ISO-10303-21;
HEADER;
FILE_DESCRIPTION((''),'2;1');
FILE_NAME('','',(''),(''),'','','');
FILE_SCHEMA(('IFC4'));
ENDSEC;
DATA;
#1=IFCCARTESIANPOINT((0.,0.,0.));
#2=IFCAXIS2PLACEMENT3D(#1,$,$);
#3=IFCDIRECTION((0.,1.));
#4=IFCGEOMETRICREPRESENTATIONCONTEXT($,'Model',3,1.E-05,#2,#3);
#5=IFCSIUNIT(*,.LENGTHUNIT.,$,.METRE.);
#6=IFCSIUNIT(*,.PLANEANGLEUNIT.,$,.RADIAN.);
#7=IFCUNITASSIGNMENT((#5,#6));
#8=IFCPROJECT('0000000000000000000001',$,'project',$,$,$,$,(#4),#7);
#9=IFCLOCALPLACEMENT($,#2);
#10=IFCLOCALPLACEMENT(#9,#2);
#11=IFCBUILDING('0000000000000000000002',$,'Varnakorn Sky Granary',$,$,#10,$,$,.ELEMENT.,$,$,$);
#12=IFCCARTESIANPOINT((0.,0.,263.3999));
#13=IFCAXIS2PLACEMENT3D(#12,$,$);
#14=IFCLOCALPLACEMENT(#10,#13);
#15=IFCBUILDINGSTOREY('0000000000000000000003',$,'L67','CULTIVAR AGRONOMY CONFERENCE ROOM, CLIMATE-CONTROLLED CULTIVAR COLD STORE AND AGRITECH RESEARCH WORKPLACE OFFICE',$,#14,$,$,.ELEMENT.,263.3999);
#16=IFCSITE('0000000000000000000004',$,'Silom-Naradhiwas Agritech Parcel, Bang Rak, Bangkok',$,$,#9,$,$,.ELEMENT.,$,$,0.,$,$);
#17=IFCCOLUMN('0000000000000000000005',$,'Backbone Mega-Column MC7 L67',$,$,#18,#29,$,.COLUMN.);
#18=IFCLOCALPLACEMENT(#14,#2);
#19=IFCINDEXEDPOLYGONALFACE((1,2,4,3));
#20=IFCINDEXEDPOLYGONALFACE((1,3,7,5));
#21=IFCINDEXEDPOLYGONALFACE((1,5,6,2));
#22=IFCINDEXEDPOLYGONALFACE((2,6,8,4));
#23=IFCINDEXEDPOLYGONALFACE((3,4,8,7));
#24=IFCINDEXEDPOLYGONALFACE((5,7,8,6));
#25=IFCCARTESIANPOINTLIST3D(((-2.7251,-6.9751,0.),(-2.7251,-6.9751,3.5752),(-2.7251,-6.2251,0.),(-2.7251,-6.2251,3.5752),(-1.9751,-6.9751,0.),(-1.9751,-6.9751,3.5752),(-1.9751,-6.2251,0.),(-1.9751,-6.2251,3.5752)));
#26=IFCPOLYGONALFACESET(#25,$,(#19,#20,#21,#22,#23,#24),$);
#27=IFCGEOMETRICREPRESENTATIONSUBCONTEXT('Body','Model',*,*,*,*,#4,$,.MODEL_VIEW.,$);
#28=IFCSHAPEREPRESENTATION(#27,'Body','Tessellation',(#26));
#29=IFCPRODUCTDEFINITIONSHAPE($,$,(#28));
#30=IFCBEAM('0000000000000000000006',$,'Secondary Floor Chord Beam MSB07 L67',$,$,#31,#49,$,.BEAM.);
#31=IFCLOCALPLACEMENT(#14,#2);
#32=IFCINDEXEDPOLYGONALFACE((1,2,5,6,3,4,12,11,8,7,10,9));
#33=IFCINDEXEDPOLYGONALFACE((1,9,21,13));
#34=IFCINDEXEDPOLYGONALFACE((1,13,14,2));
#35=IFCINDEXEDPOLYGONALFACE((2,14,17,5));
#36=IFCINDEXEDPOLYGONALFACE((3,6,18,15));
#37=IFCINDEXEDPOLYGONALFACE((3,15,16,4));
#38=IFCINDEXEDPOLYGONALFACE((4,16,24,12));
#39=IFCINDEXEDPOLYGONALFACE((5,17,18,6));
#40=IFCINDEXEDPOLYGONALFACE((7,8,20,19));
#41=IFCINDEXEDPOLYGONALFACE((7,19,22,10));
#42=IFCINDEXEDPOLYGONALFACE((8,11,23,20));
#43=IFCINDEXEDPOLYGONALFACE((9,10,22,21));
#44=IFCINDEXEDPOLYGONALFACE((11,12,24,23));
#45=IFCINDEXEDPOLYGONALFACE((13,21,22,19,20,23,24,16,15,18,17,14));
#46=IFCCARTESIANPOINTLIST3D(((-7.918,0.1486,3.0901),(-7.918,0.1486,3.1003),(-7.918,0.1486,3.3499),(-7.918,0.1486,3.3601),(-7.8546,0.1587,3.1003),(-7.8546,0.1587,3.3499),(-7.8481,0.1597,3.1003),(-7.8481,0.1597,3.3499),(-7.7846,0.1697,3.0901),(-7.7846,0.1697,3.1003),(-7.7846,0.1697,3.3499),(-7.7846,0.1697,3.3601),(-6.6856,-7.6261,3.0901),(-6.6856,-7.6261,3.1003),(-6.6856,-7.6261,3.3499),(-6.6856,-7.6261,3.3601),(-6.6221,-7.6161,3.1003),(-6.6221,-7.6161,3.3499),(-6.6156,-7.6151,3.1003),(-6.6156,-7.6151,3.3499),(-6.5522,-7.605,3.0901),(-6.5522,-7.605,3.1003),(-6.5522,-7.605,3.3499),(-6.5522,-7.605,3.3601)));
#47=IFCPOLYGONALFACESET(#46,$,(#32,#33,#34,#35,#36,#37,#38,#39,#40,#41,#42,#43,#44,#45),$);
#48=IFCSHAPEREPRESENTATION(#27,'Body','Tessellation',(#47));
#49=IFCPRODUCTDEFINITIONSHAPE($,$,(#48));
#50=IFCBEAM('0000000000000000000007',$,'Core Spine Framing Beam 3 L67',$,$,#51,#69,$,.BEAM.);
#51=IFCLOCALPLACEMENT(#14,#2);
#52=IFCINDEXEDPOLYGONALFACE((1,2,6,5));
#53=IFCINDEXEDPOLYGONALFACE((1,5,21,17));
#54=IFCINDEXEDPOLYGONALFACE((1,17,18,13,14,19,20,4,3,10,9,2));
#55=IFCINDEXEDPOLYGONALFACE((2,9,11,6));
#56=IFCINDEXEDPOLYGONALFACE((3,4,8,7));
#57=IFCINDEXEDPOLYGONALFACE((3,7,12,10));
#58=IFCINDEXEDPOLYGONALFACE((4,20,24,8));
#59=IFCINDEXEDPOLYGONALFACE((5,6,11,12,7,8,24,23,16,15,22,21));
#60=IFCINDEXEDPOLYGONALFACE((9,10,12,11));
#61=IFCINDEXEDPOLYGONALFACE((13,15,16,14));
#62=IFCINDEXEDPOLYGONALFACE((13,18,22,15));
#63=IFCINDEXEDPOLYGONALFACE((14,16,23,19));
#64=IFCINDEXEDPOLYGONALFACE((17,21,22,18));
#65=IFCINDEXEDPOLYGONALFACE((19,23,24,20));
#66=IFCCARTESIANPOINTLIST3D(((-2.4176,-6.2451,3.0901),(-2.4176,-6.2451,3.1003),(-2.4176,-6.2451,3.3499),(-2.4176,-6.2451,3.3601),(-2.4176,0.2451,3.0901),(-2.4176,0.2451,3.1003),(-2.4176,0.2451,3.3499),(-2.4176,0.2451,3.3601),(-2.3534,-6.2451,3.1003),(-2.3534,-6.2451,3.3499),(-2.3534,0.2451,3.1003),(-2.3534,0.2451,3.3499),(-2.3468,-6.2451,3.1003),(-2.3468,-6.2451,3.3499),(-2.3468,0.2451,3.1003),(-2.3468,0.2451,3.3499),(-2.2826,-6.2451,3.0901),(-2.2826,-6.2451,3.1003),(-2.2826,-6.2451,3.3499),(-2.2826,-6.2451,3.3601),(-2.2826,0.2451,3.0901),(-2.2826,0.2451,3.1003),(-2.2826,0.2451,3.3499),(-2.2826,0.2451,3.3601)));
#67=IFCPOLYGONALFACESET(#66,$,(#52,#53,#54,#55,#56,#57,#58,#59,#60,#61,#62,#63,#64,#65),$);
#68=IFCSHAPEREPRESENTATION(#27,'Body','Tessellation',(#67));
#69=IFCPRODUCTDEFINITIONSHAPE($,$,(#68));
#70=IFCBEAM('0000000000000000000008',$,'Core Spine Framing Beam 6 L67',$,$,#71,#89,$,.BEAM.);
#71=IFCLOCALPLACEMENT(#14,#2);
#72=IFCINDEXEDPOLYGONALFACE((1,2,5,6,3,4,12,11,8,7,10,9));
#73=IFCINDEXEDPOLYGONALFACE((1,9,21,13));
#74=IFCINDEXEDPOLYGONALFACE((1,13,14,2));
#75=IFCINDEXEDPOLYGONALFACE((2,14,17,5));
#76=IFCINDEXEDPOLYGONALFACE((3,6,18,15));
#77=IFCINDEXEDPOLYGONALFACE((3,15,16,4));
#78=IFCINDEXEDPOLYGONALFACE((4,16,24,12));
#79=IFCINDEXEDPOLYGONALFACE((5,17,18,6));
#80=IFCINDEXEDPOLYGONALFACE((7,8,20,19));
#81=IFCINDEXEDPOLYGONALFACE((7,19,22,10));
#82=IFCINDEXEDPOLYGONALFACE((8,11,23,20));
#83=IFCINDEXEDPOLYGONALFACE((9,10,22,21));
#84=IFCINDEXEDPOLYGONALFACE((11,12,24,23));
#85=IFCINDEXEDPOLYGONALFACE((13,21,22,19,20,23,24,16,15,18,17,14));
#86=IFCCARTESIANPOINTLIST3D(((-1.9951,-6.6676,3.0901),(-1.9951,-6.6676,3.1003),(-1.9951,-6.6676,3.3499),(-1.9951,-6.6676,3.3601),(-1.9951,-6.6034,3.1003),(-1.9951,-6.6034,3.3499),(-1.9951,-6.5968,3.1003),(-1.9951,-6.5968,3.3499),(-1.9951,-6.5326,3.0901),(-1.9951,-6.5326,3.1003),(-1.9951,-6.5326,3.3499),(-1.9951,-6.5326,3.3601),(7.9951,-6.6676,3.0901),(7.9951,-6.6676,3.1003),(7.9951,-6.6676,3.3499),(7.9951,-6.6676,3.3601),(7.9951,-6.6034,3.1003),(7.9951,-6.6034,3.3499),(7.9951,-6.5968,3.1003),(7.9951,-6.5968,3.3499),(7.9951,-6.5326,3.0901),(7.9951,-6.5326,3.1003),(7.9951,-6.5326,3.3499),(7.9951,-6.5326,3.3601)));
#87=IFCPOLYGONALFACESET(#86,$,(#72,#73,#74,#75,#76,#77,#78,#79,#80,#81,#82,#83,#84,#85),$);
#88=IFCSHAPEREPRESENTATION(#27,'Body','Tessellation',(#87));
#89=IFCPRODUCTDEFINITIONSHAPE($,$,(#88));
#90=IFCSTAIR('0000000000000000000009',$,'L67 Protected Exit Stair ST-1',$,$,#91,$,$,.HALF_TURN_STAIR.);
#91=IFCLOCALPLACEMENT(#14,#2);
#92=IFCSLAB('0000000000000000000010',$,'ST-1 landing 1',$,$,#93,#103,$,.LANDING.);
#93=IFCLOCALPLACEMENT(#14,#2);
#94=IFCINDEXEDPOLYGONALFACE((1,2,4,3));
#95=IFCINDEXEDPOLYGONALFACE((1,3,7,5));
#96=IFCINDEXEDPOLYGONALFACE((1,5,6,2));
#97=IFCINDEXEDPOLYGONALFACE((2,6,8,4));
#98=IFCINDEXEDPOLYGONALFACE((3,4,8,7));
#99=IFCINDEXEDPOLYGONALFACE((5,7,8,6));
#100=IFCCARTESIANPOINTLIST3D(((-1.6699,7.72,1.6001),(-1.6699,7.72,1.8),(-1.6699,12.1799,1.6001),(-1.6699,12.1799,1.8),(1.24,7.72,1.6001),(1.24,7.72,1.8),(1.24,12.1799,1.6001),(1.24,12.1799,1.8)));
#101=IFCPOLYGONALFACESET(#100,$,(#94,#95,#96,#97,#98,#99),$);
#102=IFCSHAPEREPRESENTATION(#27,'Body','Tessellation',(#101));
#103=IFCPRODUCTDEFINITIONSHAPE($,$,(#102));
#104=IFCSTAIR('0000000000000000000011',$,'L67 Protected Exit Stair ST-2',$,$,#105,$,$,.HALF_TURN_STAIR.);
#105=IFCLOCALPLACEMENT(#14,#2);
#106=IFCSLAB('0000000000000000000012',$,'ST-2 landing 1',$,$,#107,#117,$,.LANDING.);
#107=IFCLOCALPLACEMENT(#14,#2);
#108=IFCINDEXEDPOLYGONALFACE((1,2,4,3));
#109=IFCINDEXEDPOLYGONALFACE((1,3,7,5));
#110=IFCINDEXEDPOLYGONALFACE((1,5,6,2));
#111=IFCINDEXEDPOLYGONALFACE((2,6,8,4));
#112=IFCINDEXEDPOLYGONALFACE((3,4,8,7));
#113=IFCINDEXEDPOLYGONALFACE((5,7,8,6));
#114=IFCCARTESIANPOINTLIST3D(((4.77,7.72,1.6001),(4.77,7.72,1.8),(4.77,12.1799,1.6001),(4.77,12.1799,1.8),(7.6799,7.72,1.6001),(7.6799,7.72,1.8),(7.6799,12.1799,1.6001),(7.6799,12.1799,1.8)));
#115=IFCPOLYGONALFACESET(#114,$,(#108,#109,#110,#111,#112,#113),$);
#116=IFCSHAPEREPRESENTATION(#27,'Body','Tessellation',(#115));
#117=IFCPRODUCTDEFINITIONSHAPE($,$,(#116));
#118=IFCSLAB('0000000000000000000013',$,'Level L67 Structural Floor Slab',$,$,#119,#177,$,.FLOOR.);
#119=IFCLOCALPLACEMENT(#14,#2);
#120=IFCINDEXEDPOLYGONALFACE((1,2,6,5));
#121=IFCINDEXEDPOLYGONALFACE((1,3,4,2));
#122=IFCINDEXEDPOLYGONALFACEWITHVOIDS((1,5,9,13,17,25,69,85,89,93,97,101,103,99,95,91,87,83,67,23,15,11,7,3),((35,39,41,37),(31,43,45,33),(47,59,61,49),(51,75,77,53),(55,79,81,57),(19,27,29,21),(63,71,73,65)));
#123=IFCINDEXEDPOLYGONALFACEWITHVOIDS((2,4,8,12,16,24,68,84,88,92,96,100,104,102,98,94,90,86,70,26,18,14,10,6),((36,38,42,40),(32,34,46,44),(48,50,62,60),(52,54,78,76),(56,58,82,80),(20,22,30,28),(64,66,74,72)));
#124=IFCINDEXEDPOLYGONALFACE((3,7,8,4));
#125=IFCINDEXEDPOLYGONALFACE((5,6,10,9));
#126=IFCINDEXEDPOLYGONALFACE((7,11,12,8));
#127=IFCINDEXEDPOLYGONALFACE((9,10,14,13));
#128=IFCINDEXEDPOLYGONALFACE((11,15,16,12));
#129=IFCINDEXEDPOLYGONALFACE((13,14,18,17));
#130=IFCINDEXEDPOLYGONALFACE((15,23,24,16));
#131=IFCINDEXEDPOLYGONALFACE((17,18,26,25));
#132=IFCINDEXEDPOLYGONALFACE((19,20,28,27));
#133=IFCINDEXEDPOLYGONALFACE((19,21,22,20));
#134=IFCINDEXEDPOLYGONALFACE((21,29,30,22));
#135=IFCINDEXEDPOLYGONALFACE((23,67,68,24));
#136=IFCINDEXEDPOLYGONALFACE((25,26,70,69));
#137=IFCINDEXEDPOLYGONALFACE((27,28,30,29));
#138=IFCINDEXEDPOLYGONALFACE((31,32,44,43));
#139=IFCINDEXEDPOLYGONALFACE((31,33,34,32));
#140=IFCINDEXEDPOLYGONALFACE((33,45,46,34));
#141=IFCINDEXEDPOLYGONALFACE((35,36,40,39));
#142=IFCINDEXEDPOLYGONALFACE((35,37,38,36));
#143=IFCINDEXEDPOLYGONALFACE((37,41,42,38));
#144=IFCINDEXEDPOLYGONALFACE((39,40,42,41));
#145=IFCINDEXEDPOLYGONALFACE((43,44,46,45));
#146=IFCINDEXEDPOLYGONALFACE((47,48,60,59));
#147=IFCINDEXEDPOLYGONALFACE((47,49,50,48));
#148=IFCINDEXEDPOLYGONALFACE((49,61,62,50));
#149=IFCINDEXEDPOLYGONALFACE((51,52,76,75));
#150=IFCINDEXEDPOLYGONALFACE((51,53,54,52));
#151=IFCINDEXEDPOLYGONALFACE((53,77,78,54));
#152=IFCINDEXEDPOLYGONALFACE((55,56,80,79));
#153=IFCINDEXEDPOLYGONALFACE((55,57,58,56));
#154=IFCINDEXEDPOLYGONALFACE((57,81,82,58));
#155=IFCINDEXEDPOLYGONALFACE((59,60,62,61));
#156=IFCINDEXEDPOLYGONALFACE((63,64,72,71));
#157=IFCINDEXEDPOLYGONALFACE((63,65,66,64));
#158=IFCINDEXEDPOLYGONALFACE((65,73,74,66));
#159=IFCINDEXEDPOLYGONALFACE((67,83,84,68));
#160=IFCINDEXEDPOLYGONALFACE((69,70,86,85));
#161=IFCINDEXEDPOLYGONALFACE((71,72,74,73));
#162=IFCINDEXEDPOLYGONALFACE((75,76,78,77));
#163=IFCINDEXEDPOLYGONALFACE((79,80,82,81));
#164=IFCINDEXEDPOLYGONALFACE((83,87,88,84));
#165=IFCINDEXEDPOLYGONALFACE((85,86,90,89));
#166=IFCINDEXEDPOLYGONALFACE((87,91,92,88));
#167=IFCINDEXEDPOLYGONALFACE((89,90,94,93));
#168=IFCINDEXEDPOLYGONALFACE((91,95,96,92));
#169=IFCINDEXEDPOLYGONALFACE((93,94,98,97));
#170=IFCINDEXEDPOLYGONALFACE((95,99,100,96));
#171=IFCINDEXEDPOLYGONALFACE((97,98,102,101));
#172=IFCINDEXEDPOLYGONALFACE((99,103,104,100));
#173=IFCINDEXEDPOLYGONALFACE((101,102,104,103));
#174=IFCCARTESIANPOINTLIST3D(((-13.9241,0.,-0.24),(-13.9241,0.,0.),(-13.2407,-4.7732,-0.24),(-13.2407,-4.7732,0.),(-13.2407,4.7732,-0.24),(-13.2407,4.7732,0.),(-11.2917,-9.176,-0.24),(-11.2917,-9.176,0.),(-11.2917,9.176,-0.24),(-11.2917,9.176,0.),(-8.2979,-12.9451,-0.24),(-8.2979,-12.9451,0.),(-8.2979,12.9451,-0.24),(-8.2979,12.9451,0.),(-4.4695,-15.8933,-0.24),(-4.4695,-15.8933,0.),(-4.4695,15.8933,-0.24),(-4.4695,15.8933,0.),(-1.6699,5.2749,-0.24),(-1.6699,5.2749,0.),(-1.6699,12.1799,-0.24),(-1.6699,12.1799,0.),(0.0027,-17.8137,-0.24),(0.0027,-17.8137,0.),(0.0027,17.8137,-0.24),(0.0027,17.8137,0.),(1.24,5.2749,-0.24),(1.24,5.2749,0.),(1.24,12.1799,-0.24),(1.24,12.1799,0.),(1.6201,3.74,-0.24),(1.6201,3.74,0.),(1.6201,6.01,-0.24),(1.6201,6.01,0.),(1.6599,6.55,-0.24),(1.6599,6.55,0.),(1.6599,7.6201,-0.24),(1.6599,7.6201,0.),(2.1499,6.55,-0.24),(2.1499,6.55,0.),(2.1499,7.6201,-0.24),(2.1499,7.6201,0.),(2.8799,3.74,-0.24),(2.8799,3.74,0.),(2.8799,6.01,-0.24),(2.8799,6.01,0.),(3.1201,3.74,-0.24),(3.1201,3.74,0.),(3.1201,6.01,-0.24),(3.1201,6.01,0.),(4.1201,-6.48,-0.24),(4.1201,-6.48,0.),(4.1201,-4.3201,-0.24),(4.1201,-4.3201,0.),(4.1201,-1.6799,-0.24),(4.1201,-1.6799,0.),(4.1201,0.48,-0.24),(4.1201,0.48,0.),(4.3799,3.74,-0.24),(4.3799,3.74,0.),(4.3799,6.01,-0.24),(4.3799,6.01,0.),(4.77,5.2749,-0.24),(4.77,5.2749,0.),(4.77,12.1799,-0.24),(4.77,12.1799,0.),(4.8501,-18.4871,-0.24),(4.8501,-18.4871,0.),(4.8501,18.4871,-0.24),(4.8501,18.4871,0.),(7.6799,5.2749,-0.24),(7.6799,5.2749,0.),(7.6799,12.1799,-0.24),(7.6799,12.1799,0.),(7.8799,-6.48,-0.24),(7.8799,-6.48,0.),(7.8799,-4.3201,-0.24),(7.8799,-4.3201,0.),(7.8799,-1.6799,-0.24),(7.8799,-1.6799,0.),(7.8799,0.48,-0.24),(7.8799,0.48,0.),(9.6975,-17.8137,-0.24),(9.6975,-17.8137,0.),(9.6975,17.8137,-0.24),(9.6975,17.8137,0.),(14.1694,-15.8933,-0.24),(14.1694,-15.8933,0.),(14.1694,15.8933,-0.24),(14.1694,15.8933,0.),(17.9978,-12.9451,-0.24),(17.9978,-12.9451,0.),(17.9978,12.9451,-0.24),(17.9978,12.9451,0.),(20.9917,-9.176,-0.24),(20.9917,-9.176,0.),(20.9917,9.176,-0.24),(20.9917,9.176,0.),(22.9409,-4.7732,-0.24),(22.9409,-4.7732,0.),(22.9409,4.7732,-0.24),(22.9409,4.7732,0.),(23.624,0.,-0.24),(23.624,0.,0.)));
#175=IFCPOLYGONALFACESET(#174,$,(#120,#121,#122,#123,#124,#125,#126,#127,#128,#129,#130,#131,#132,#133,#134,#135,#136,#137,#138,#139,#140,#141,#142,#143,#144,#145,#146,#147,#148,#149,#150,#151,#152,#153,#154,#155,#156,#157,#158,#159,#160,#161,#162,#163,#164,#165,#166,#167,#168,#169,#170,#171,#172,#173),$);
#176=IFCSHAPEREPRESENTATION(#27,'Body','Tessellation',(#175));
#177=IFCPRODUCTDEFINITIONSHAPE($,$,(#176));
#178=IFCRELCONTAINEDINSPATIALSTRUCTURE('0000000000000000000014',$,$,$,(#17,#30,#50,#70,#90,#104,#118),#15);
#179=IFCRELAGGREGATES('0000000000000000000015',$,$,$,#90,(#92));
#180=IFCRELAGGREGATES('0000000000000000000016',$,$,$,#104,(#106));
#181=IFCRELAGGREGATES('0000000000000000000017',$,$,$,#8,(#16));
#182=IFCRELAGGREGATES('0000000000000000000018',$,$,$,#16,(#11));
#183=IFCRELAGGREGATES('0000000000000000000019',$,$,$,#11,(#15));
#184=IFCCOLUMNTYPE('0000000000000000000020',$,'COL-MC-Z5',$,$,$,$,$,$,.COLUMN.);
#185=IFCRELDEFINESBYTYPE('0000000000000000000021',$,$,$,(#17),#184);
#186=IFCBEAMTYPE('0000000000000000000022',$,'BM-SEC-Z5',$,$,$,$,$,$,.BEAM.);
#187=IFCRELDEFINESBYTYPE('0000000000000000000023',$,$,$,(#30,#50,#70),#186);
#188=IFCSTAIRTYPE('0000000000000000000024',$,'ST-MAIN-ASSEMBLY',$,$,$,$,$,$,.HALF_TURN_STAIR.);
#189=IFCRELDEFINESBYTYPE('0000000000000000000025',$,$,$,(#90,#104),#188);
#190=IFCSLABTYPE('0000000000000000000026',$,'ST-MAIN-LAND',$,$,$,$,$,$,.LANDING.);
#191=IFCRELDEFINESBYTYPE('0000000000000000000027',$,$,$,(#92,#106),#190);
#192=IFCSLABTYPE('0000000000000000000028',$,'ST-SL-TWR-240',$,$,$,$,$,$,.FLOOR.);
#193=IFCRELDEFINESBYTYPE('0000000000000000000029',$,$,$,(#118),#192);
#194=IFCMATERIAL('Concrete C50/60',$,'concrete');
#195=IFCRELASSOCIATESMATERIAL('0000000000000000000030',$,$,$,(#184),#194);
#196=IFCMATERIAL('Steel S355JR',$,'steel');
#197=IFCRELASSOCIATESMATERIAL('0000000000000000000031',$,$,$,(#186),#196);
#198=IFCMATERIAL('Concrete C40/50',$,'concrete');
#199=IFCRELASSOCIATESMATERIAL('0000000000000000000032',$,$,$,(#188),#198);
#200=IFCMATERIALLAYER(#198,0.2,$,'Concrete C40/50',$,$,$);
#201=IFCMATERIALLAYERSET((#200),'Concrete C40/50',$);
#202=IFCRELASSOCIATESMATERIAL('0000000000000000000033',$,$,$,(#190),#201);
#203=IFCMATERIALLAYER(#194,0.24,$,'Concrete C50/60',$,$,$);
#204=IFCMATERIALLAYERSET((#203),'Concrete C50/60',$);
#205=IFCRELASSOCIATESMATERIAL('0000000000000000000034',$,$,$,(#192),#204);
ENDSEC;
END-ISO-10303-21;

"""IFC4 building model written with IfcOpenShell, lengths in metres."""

from ifc_helpers import new_model, si_unit, direction, frame, origin, origin_2d, place, context, subcontext, project, spatial, polyline, rectangle, i_section, outline, extrude, material, layer, layer_set, material_profile, profile_set, type_object, element, aggregate, save


model = new_model("IFC4")

# Units and contexts
model_context = context("Model", 3, precision=1e-05, world=origin(), true_north=direction((0.0, 1.0)))
body_context = subcontext(model_context, "Body", "Model", "MODEL_VIEW")
ifc_project = project(units=[si_unit("LENGTHUNIT", "METRE"), si_unit("PLANEANGLEUNIT", "RADIAN")], contexts=[model_context])

# Site, building, storey
site_placement = place(None, origin())
site = spatial("IfcSite", under=ifc_project, at=site_placement, Name="Silom-Naradhiwas Agritech Parcel, Bang Rak, Bangkok", CompositionType="ELEMENT", RefElevation=0.0)
building_placement = place(site_placement, origin())
building = spatial("IfcBuilding", under=site, at=building_placement, Name="Varnakorn Sky Granary", CompositionType="ELEMENT")
storey_placement = place(building_placement, frame((0.0, 0.0, 263.3999)))
storey = spatial("IfcBuildingStorey", under=building, at=storey_placement, Name="L67", Description="CULTIVAR AGRONOMY CONFERENCE ROOM, CLIMATE-CONTROLLED CULTIVAR COLD STORE AND AGRITECH RESEARCH WORKPLACE OFFICE", CompositionType="ELEMENT", Elevation=263.3999)

# Column
ifc_material_1 = material(Name="Concrete C50/60", Category="concrete")
ifc_material_profile_1 = material_profile(ifc_material_1, rectangle(XDim=0.75, YDim=0.75, at=origin_2d()), Name="RC 750x750")
ifc_profile_set_1 = profile_set([ifc_material_profile_1], Name="Concrete C50/60")
column_type = type_object("IfcColumnType", Name="COL-MC-Z5", PredefinedType="COLUMN", material=ifc_profile_set_1)
column_placement = place(storey_placement, frame((-2.3501, -6.6001, 0.0), z_axis=(0.0, 0.0, 1.0), x_axis=(1.0, 0.0, 0.0)))
element("IfcColumn", 1, at=column_placement, inside=storey, type_object=column_type, Name="Backbone Mega-Column MC7 L67", PredefinedType="COLUMN", context=body_context, shape_type="SweptSolid", body=[
    extrude(rectangle(XDim=0.75, YDim=0.75, at=origin_2d()), origin(), (0.0, 0.0, 1.0), 3.5752),
])

# Beams
ifc_material_2 = material(Name="Steel S355JR", Category="steel")
ifc_material_profile_2 = material_profile(ifc_material_2, i_section(OverallWidth=0.135, OverallDepth=0.27, WebThickness=0.0066, FlangeThickness=0.0103, at=origin_2d()), Name="IPE 270")
ifc_profile_set_2 = profile_set([ifc_material_profile_2], Name="Steel S355JR")
beam_type = type_object("IfcBeamType", Name="BM-SEC-Z5", PredefinedType="BEAM", material=ifc_profile_set_2)
beam_1_placement = place(storey_placement, frame((-7.8513, 0.1592, 3.2251), z_axis=(0.156563, -0.987668, 0.0), x_axis=(0.987668, 0.156563, 0.0)))
element("IfcBeam", 2, at=beam_1_placement, inside=storey, type_object=beam_type, Name="Secondary Floor Chord Beam MSB07 L67", PredefinedType="BEAM", context=body_context, shape_type="SweptSolid", body=[
    extrude(i_section(OverallWidth=0.135, OverallDepth=0.27, WebThickness=0.0066, FlangeThickness=0.0103, at=origin_2d()), origin(), (0.0, 0.0, 1.0), 7.8718),
])
beam_2_placement = place(storey_placement, frame((-2.3501, 0.2451, 3.2251), z_axis=(0.0, -1.0, 0.0), x_axis=(1.0, 0.0, 0.0)))
element("IfcBeam", 3, at=beam_2_placement, inside=storey, type_object=beam_type, Name="Core Spine Framing Beam 3 L67", PredefinedType="BEAM", context=body_context, shape_type="SweptSolid", body=[
    extrude(i_section(OverallWidth=0.135, OverallDepth=0.27, WebThickness=0.0066, FlangeThickness=0.0103, at=origin_2d()), origin(), (0.0, 0.0, 1.0), 6.4902),
])
beam_3_placement = place(storey_placement, frame((-1.9951, -6.6001, 3.2251), z_axis=(1.0, 0.0, 0.0), x_axis=(0.0, 1.0, 0.0)))
element("IfcBeam", 4, at=beam_3_placement, inside=storey, type_object=beam_type, Name="Core Spine Framing Beam 6 L67", PredefinedType="BEAM", context=body_context, shape_type="SweptSolid", body=[
    extrude(i_section(OverallWidth=0.135, OverallDepth=0.27, WebThickness=0.0066, FlangeThickness=0.0103, at=origin_2d()), origin(), (0.0, 0.0, 1.0), 9.9902),
])

# Stairs, slabs
ifc_material_3 = material(Name="Concrete C40/50", Category="concrete")
stair_type = type_object("IfcStairType", Name="ST-MAIN-ASSEMBLY", PredefinedType="HALF_TURN_STAIR", material=ifc_material_3)
stair_1_placement = place(storey_placement, origin())
stair_1 = element("IfcStair", 5, at=stair_1_placement, inside=storey, type_object=stair_type, Name="L67 Protected Exit Stair ST-1", PredefinedType="HALF_TURN_STAIR")
ifc_layer_1 = layer(ifc_material_3, 0.2, Name="Concrete C40/50")
ifc_layer_set_1 = layer_set([ifc_layer_1], Name="Concrete C40/50")
slab_type_1 = type_object("IfcSlabType", Name="ST-MAIN-LAND", PredefinedType="LANDING", material=ifc_layer_set_1)
slab_1_placement = place(storey_placement, frame((0.0, 0.0, 1.6001)))
slab_1 = element("IfcSlab", 6, at=slab_1_placement, type_object=slab_type_1, Name="ST-1 landing 1", PredefinedType="LANDING", context=body_context, shape_type="SweptSolid", body=[
    extrude(outline(polyline([(1.24, 7.72), (1.24, 12.1799), (-1.6699, 12.1799), (-1.6699, 7.72), (1.24, 7.72)])), origin(), (0.0, 0.0, 1.0), 0.2),
])
aggregate(stair_1, [slab_1])
stair_2_placement = place(storey_placement, origin())
stair_2 = element("IfcStair", 7, at=stair_2_placement, inside=storey, type_object=stair_type, Name="L67 Protected Exit Stair ST-2", PredefinedType="HALF_TURN_STAIR")
slab_2_placement = place(storey_placement, frame((0.0, 0.0, 1.6001)))
slab_2 = element("IfcSlab", 8, at=slab_2_placement, type_object=slab_type_1, Name="ST-2 landing 1", PredefinedType="LANDING", context=body_context, shape_type="SweptSolid", body=[
    extrude(outline(polyline([(7.6799, 7.72), (7.6799, 12.1799), (4.77, 12.1799), (4.77, 7.72), (7.6799, 7.72)])), origin(), (0.0, 0.0, 1.0), 0.2),
])
aggregate(stair_2, [slab_2])

# Slab
ifc_layer_2 = layer(ifc_material_1, 0.24, Name="Concrete C50/60")
ifc_layer_set_2 = layer_set([ifc_layer_2], Name="Concrete C50/60")
slab_type_2 = type_object("IfcSlabType", Name="ST-SL-TWR-240", PredefinedType="FLOOR", material=ifc_layer_set_2)
slab_3_placement = place(storey_placement, frame((0.0, 0.0, -0.24)))
element("IfcSlab", 9, at=slab_3_placement, inside=storey, type_object=slab_type_2, Name="Level L67 Structural Floor Slab", PredefinedType="FLOOR", context=body_context, shape_type="SweptSolid", body=[
    extrude(outline(polyline([(23.624, 0.0), (22.9409, 4.7732), (20.9917, 9.176), (17.9978, 12.9451), (14.1694, 15.8933), (9.6975, 17.8137), (4.8501, 18.4871), (0.0027, 17.8137), (-4.4695, 15.8933), (-8.2979, 12.9451), (-11.2917, 9.176), (-13.2407, 4.7732), (-13.9241, 0.0), (-13.2407, -4.7732), (-11.2917, -9.176), (-8.2979, -12.9451), (-4.4695, -15.8933), (0.0027, -17.8137), (4.8501, -18.4871), (9.6975, -17.8137), (14.1694, -15.8933), (17.9978, -12.9451), (20.9917, -9.176), (22.9409, -4.7732), (23.624, 0.0)]), holes=[polyline([(1.24, 5.2749), (1.24, 12.1799), (-1.6699, 12.1799), (-1.6699, 5.2749), (1.24, 5.2749)]), polyline([(7.6799, 5.2749), (7.6799, 12.1799), (4.77, 12.1799), (4.77, 5.2749), (7.6799, 5.2749)]), polyline([(1.6599, 6.55), (2.1499, 6.55), (2.1499, 7.6201), (1.6599, 7.6201), (1.6599, 6.55)]), polyline([(1.6201, 3.74), (2.8799, 3.74), (2.8799, 6.01), (1.6201, 6.01), (1.6201, 3.74)]), polyline([(3.1201, 3.74), (4.3799, 3.74), (4.3799, 6.01), (3.1201, 6.01), (3.1201, 3.74)]), polyline([(4.1201, -1.6799), (7.8799, -1.6799), (7.8799, 0.48), (4.1201, 0.48), (4.1201, -1.6799)]), polyline([(4.1201, -6.48), (7.8799, -6.48), (7.8799, -4.3201), (4.1201, -4.3201), (4.1201, -6.48)])]), origin(), (0.0, 0.0, 1.0), 0.24),
])

save(model, "model.ifc")
